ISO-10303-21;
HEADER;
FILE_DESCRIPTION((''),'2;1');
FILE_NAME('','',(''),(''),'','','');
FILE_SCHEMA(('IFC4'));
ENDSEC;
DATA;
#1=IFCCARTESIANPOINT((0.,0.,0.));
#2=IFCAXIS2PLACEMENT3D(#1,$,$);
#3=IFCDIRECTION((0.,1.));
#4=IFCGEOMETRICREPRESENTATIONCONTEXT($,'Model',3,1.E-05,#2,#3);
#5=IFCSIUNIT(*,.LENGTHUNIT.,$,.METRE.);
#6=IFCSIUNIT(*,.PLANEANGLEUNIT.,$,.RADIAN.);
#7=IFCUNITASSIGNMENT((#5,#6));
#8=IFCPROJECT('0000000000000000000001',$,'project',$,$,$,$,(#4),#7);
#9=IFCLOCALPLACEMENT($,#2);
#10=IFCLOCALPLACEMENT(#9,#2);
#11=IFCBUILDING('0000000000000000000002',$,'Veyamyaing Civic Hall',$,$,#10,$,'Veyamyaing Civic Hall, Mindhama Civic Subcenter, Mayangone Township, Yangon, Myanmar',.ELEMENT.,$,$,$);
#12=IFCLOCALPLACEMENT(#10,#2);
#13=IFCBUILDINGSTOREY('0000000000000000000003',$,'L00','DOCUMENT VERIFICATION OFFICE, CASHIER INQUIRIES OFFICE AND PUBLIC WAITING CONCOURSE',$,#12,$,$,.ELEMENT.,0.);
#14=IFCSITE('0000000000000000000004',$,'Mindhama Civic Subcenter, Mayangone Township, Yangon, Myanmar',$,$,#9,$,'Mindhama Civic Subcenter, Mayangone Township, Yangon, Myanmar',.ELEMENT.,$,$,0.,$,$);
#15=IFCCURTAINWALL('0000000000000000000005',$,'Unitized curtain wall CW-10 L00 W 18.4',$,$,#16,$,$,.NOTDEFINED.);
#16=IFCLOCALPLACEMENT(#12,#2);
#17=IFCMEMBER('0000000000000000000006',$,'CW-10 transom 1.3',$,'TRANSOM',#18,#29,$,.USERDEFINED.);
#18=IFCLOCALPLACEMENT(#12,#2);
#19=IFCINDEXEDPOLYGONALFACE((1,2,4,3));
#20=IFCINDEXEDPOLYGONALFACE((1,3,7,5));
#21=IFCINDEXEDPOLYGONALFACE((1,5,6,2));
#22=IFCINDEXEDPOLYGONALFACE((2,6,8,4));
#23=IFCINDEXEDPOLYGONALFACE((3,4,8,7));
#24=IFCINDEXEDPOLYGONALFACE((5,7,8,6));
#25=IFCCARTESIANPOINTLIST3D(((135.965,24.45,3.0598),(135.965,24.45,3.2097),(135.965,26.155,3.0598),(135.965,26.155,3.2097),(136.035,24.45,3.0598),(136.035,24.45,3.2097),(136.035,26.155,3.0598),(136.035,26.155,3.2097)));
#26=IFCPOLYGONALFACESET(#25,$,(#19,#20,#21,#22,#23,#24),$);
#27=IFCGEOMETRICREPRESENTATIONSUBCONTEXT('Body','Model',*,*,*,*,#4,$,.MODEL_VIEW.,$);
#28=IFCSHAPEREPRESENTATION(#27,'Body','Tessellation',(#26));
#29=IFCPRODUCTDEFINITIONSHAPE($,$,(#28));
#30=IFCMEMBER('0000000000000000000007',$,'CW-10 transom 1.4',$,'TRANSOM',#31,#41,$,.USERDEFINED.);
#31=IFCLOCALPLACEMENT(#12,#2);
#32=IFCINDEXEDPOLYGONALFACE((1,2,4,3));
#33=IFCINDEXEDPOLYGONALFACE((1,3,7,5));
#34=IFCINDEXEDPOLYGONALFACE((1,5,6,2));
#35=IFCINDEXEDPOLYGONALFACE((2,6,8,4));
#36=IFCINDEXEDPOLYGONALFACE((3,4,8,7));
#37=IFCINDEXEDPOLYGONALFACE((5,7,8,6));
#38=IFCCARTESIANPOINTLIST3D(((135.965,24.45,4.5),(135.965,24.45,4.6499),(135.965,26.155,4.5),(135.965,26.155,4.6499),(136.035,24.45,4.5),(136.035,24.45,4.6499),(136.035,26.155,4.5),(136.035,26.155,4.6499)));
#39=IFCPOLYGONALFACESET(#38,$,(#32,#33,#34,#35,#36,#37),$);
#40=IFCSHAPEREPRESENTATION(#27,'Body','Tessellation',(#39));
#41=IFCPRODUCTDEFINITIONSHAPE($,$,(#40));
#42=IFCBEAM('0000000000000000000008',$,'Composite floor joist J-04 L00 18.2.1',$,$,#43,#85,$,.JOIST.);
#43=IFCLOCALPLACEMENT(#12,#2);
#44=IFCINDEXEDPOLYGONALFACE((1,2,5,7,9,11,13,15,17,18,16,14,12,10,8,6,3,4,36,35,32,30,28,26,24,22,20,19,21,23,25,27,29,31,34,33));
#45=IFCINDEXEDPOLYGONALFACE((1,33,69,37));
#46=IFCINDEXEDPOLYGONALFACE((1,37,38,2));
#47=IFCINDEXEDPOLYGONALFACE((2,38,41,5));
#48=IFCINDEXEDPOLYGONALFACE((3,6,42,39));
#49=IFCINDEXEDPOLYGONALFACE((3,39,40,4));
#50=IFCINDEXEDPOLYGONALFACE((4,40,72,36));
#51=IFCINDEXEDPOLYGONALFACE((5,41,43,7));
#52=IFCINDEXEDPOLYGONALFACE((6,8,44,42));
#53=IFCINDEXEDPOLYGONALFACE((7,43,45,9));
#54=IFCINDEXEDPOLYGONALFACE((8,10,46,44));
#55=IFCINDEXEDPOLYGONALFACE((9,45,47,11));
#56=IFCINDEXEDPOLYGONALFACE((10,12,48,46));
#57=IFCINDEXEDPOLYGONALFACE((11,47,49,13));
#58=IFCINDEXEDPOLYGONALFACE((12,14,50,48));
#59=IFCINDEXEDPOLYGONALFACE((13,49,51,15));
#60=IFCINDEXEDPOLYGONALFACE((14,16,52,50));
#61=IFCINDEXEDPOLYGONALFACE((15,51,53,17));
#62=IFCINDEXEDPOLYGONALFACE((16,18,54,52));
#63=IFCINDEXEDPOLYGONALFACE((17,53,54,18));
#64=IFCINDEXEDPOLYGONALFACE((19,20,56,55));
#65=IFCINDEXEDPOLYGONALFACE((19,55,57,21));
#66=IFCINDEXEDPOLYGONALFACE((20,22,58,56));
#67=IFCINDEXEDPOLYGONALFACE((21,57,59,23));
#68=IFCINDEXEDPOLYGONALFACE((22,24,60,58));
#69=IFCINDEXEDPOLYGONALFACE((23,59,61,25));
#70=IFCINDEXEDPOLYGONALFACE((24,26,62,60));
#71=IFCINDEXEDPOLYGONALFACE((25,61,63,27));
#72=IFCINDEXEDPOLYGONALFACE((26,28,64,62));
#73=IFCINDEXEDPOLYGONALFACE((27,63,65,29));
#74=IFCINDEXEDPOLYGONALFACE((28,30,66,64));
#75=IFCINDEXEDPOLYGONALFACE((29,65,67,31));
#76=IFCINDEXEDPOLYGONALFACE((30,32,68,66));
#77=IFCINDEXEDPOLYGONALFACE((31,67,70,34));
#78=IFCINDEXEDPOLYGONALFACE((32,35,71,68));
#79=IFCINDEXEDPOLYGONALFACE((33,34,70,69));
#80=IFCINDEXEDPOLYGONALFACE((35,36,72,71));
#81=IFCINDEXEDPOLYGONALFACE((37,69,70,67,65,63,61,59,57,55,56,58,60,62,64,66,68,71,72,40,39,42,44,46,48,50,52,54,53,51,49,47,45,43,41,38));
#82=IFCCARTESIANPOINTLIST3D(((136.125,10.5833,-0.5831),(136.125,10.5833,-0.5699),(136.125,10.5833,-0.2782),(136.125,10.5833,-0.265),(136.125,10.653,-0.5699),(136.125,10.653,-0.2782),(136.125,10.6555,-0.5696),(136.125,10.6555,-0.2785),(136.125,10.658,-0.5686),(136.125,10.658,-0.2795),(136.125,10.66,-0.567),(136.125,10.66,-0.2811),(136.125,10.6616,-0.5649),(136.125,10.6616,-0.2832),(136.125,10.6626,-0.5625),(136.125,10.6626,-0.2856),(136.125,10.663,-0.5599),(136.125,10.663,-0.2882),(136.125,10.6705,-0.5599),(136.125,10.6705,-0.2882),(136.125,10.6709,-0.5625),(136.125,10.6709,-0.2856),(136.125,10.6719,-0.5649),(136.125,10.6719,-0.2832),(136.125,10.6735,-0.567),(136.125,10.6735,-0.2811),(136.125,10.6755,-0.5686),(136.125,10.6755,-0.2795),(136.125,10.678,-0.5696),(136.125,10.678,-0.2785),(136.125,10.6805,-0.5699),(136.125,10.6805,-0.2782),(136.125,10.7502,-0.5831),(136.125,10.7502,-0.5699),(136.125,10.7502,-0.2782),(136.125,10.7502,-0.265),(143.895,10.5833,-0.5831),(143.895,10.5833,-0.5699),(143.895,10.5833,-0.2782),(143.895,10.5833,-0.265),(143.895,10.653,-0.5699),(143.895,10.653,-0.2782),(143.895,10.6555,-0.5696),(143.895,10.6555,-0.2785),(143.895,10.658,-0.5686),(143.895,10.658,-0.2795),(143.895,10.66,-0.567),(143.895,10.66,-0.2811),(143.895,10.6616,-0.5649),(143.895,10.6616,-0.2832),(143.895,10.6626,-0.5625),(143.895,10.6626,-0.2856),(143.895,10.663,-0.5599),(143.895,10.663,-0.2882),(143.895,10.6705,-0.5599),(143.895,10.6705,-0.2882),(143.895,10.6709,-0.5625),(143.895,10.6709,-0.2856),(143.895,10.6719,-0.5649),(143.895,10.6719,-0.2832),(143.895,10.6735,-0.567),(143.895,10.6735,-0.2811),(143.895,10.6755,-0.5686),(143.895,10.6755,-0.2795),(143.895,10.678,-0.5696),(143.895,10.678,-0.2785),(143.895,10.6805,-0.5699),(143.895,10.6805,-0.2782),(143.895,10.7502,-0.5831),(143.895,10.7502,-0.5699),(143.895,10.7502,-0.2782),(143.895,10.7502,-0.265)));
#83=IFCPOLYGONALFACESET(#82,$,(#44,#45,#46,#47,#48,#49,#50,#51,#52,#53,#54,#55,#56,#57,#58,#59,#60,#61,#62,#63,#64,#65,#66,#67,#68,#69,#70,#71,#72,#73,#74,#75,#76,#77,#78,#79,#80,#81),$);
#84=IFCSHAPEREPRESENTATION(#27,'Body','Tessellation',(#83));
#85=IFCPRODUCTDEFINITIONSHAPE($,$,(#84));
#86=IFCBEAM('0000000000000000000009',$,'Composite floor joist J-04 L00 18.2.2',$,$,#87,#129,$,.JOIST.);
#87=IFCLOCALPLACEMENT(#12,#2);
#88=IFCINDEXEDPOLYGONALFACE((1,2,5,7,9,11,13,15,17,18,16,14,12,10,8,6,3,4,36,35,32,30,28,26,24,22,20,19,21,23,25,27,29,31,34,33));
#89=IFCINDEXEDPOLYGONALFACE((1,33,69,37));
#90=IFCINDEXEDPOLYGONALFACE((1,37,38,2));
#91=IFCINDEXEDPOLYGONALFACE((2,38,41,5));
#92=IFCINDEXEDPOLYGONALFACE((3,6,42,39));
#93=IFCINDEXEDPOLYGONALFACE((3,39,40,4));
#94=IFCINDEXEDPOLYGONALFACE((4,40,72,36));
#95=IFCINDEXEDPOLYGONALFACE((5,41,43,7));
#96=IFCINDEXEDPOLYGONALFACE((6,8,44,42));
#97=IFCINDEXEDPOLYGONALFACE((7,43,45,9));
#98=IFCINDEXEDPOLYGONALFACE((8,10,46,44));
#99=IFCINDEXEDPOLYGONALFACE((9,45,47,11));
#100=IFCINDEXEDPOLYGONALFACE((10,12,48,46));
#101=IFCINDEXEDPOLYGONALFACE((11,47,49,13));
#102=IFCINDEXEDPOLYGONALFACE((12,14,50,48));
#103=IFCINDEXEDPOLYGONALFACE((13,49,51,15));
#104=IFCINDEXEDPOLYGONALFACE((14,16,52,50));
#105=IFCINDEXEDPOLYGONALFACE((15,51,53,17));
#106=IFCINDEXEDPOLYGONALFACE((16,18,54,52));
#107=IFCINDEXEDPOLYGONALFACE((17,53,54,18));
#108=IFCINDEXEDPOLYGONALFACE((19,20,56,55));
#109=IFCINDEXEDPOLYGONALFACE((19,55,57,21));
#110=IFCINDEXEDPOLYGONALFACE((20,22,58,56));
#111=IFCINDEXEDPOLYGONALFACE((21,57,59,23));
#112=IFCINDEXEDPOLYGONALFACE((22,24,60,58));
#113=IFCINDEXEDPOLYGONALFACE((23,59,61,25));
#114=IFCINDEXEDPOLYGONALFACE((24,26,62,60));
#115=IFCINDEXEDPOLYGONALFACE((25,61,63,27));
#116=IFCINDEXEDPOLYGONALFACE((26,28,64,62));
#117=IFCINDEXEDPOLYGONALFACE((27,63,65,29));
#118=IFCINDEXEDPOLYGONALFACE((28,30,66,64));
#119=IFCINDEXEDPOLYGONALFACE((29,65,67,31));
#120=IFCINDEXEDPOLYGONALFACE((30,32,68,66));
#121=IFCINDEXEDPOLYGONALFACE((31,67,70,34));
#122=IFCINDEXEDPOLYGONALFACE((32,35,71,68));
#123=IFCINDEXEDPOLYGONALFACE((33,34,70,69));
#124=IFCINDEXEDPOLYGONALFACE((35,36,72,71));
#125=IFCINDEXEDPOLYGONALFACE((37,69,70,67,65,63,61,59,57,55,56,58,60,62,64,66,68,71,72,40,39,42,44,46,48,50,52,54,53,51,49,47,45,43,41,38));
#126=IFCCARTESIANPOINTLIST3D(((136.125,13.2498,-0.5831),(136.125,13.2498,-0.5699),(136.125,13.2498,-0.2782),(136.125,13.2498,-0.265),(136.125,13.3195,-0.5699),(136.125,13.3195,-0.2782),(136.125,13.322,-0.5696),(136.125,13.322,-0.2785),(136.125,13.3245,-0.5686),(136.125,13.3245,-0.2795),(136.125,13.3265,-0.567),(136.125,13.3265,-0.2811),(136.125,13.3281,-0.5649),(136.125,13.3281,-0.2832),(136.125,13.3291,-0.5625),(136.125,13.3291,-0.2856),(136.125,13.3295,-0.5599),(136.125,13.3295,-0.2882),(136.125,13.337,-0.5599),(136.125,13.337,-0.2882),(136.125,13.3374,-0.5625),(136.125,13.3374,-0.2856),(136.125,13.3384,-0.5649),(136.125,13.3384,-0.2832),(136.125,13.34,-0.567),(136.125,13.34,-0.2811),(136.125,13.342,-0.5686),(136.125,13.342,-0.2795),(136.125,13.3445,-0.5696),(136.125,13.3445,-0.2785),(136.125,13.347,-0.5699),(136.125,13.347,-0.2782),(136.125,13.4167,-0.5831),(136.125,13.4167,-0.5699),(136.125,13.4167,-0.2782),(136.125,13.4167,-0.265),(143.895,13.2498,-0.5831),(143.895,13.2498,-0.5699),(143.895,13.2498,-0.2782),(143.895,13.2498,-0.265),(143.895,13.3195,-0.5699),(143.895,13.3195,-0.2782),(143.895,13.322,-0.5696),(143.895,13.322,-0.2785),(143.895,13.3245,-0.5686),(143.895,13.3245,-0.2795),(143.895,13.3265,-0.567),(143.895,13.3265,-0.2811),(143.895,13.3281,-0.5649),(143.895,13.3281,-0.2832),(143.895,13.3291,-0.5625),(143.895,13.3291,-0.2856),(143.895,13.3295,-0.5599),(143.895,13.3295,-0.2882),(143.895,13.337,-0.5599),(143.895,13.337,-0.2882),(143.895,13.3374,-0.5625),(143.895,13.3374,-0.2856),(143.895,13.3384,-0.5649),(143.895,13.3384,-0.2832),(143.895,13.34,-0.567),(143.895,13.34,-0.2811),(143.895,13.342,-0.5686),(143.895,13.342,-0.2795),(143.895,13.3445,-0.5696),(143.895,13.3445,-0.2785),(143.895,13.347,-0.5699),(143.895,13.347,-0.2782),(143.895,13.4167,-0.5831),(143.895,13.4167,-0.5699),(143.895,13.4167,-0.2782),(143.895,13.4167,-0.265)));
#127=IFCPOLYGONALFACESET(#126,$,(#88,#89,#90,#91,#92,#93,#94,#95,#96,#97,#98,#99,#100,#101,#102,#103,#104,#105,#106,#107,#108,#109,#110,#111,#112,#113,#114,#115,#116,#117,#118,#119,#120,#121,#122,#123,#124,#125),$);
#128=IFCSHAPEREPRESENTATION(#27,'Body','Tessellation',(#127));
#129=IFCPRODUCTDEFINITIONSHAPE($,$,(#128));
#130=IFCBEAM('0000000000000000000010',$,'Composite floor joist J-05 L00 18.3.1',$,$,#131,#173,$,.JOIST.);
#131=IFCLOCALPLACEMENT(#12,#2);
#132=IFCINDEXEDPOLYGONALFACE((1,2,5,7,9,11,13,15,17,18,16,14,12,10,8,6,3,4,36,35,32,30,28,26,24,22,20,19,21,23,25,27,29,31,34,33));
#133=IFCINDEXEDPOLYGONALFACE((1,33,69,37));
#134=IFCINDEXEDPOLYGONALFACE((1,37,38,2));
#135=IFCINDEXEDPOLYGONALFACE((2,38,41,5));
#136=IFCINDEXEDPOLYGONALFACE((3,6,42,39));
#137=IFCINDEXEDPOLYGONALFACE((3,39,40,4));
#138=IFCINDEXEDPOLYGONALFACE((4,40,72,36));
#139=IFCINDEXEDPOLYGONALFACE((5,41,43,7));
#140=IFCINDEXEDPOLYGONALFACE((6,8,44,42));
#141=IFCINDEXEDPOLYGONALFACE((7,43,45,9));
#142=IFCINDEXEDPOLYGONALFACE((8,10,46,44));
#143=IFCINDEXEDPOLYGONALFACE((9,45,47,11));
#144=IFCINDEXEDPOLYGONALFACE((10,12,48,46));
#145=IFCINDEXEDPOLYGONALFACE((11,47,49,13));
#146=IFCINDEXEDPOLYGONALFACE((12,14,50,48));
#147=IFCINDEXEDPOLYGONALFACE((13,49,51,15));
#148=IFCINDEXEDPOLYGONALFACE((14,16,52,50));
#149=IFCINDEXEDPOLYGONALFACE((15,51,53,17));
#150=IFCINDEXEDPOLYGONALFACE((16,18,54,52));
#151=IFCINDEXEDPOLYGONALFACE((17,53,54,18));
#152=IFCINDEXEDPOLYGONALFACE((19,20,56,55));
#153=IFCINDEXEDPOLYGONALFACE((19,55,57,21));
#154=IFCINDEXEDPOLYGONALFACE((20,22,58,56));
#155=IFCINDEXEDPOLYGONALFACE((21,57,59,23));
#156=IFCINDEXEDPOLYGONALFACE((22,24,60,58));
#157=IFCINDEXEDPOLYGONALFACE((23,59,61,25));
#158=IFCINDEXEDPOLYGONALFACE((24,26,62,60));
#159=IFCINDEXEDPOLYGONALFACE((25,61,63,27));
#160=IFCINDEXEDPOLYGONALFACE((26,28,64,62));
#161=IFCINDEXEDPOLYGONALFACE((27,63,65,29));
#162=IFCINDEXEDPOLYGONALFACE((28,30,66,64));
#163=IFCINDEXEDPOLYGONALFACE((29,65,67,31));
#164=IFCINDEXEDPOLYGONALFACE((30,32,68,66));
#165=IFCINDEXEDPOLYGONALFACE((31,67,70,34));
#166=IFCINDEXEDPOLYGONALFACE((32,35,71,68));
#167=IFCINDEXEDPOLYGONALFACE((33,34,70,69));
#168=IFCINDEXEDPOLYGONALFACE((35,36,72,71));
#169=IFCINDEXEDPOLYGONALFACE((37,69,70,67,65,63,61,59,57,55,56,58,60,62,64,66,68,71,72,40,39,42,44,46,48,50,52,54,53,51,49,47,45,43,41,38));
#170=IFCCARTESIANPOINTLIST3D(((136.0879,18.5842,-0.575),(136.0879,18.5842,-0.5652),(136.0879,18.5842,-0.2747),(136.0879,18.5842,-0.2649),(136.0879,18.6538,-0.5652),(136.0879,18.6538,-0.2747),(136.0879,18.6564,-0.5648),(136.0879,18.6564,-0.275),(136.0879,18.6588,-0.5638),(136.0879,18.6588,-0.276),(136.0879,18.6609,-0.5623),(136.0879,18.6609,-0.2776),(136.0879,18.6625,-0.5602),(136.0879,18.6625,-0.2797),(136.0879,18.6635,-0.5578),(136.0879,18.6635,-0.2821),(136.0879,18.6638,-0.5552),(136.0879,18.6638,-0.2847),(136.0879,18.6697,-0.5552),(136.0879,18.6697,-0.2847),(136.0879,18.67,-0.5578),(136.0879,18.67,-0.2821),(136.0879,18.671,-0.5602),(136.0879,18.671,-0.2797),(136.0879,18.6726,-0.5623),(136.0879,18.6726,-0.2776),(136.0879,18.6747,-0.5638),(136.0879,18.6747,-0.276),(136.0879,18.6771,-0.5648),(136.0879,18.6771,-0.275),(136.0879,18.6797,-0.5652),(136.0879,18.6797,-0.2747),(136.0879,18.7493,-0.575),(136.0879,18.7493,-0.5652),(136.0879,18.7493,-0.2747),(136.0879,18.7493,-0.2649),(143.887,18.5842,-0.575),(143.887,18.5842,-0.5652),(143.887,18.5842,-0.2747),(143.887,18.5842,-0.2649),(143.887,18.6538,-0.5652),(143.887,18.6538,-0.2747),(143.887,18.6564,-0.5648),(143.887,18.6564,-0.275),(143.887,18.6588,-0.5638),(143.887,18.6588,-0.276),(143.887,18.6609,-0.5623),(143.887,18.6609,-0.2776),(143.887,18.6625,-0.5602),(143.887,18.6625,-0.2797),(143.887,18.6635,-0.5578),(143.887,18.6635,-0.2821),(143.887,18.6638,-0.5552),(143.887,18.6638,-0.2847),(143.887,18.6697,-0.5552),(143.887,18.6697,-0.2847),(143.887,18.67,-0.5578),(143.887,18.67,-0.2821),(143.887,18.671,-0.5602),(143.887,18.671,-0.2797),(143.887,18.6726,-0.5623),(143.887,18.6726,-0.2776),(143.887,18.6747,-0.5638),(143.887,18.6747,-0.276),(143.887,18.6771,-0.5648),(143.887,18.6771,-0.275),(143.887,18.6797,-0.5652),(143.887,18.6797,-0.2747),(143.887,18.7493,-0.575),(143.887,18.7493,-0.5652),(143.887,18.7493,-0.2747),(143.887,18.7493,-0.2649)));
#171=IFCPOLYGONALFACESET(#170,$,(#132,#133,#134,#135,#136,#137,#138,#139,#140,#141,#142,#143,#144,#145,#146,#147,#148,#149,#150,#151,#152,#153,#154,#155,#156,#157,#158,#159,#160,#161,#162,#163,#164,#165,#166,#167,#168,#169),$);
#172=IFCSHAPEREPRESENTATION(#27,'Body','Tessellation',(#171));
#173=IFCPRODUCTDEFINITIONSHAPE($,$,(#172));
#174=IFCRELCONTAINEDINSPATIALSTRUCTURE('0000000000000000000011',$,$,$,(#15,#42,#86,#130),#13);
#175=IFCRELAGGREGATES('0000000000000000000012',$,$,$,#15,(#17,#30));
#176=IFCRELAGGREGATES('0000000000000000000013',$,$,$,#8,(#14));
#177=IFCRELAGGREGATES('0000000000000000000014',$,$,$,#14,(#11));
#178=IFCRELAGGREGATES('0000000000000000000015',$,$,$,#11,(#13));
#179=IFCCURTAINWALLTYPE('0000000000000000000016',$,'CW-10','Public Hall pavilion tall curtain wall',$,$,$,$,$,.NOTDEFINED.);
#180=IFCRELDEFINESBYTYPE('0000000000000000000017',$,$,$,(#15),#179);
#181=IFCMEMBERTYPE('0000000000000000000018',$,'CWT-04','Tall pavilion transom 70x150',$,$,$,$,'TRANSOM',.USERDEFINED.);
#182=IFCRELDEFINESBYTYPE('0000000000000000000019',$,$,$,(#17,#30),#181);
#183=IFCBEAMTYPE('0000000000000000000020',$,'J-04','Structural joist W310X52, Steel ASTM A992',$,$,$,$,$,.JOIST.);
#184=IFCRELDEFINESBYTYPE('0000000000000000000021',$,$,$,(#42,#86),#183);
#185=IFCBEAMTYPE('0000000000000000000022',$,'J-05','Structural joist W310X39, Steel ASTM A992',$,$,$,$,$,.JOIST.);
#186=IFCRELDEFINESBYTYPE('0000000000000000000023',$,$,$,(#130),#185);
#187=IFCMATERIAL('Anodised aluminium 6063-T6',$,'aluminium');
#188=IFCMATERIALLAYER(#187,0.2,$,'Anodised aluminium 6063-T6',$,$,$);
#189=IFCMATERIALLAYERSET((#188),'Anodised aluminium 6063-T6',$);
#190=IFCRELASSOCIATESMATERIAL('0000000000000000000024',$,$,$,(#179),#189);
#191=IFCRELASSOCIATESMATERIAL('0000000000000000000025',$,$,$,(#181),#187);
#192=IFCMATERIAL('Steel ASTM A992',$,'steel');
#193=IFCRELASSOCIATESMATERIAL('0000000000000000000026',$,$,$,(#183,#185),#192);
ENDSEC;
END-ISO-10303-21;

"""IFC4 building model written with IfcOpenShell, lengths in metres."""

from ifc_helpers import new_model, si_unit, direction, frame, origin, origin_2d, place, context, subcontext, project, spatial, rectangle, i_section, extrude, material, layer, layer_set, material_profile, profile_set, type_object, element, aggregate, save


model = new_model("IFC4")

# Units and contexts
model_context = context("Model", 3, precision=1e-05, world=origin(), true_north=direction((0.0, 1.0)))
body_context = subcontext(model_context, "Body", "Model", "MODEL_VIEW")
ifc_project = project(units=[si_unit("LENGTHUNIT", "METRE"), si_unit("PLANEANGLEUNIT", "RADIAN")], contexts=[model_context])

# Site, building, storey
site_placement = place(None, origin())
site = spatial("IfcSite", under=ifc_project, at=site_placement, Name="Mindhama Civic Subcenter, Mayangone Township, Yangon, Myanmar", LongName="Mindhama Civic Subcenter, Mayangone Township, Yangon, Myanmar", CompositionType="ELEMENT", RefElevation=0.0)
building_placement = place(site_placement, origin())
building = spatial("IfcBuilding", under=site, at=building_placement, Name="Veyamyaing Civic Hall", LongName="Veyamyaing Civic Hall, Mindhama Civic Subcenter, Mayangone Township, Yangon, Myanmar", CompositionType="ELEMENT")
storey_placement = place(building_placement, origin())
storey = spatial("IfcBuildingStorey", under=building, at=storey_placement, Name="L00", Description="DOCUMENT VERIFICATION OFFICE, CASHIER INQUIRIES OFFICE AND PUBLIC WAITING CONCOURSE", CompositionType="ELEMENT", Elevation=0.0)

# Shared definitions
ifc_material_1 = material(Name="Steel ASTM A992", Category="steel")

# Curtain wall, members
ifc_material_2 = material(Name="Anodised aluminium 6063-T6", Category="aluminium")
ifc_layer_1 = layer(ifc_material_2, 0.2, Name="Anodised aluminium 6063-T6")
ifc_layer_set_1 = layer_set([ifc_layer_1], Name="Anodised aluminium 6063-T6")
curtain_wall_type = type_object("IfcCurtainWallType", Name="CW-10", Description="Public Hall pavilion tall curtain wall", PredefinedType="NOTDEFINED", material=ifc_layer_set_1)
curtain_wall_placement = place(storey_placement, origin())
curtain_wall = element("IfcCurtainWall", 1, at=curtain_wall_placement, inside=storey, type_object=curtain_wall_type, Name="Unitized curtain wall CW-10 L00 W 18.4", PredefinedType="NOTDEFINED")
ifc_material_profile_1 = material_profile(ifc_material_2, rectangle(XDim=0.0701, YDim=0.1499, at=origin_2d()), Name="ALU-TRN-70X150")
ifc_profile_set_1 = profile_set([ifc_material_profile_1], Name="Anodised aluminium 6063-T6")
member_type_1 = type_object("IfcMemberType", Name="CWT-04", Description="Tall pavilion transom 70x150", ElementType="TRANSOM", PredefinedType="USERDEFINED", material=ifc_profile_set_1)
member_1_placement = place(storey_placement, frame((136.0, 24.45, 3.1348), z_axis=(0.0, 1.0, 0.0), x_axis=(-1.0, 0.0, 0.0)))
member_1 = element("IfcMember", 2, at=member_1_placement, type_object=member_type_1, Name="CW-10 transom 1.3", ObjectType="TRANSOM", PredefinedType="USERDEFINED", context=body_context, shape_type="SweptSolid", body=[
    extrude(rectangle(XDim=0.0701, YDim=0.1499, at=origin_2d()), origin(), (0.0, 0.0, 1.0), 1.7051),
])
member_2_placement = place(storey_placement, frame((136.0, 24.45, 4.575), z_axis=(0.0, 1.0, 0.0), x_axis=(-1.0, 0.0, 0.0)))
member_2 = element("IfcMember", 3, at=member_2_placement, type_object=member_type_1, Name="CW-10 transom 1.4", ObjectType="TRANSOM", PredefinedType="USERDEFINED", context=body_context, shape_type="SweptSolid", body=[
    extrude(rectangle(XDim=0.0701, YDim=0.1499, at=origin_2d()), origin(), (0.0, 0.0, 1.0), 1.7051),
])
aggregate(curtain_wall, [member_1, member_2])

# Beams
ifc_material_profile_2 = material_profile(ifc_material_1, i_section(OverallWidth=0.167, OverallDepth=0.3181, WebThickness=0.0076, FlangeThickness=0.0132, FilletRadius=0.01, at=origin_2d()), Name="W310X52")
ifc_profile_set_2 = profile_set([ifc_material_profile_2], Name="Steel ASTM A992")
beam_type_1 = type_object("IfcBeamType", Name="J-04", Description="Structural joist W310X52, Steel ASTM A992", PredefinedType="JOIST", material=ifc_profile_set_2)
for number, where, z_axis, x_axis, name in (
    (4, (136.125, 10.6667, -0.4241), (1.0, 0.0, 0.0), (0.0, 1.0, 0.0), "Composite floor joist J-04 L00 18.2.1"),
    (5, (136.125, 13.3333, -0.4241), (1.0, 0.0, 0.0), (0.0, 1.0, 0.0), "Composite floor joist J-04 L00 18.2.2"),
):
    element("IfcBeam", number, at=place(storey_placement, frame(where, z_axis=z_axis, x_axis=x_axis)), inside=storey, type_object=beam_type_1, Name=name, PredefinedType="JOIST", context=body_context, shape_type="SweptSolid", body=[
        extrude(i_section(OverallWidth=0.167, OverallDepth=0.3181, WebThickness=0.0076, FlangeThickness=0.0132, FilletRadius=0.01, at=origin_2d()), origin(), (0.0, 0.0, 1.0), 7.77),
    ])
ifc_material_profile_3 = material_profile(ifc_material_1, i_section(OverallWidth=0.165, OverallDepth=0.3101, WebThickness=0.0059, FlangeThickness=0.0098, FilletRadius=0.01, at=origin_2d()), Name="W310X39")
ifc_profile_set_3 = profile_set([ifc_material_profile_3], Name="Steel ASTM A992")
beam_type_2 = type_object("IfcBeamType", Name="J-05", Description="Structural joist W310X39, Steel ASTM A992", PredefinedType="JOIST", material=ifc_profile_set_3)
for number, where, z_axis, x_axis, name in (
    (6, (136.0879, 18.6667, -0.4199), (1.0, 0.0, 0.0), (0.0, 1.0, 0.0), "Composite floor joist J-05 L00 18.3.1"),
):
    element("IfcBeam", number, at=place(storey_placement, frame(where, z_axis=z_axis, x_axis=x_axis)), inside=storey, type_object=beam_type_2, Name=name, PredefinedType="JOIST", context=body_context, shape_type="SweptSolid", body=[
        extrude(i_section(OverallWidth=0.165, OverallDepth=0.3101, WebThickness=0.0059, FlangeThickness=0.0098, FilletRadius=0.01, at=origin_2d()), origin(), (0.0, 0.0, 1.0), 7.7991),
    ])

save(model, "model.ifc")
